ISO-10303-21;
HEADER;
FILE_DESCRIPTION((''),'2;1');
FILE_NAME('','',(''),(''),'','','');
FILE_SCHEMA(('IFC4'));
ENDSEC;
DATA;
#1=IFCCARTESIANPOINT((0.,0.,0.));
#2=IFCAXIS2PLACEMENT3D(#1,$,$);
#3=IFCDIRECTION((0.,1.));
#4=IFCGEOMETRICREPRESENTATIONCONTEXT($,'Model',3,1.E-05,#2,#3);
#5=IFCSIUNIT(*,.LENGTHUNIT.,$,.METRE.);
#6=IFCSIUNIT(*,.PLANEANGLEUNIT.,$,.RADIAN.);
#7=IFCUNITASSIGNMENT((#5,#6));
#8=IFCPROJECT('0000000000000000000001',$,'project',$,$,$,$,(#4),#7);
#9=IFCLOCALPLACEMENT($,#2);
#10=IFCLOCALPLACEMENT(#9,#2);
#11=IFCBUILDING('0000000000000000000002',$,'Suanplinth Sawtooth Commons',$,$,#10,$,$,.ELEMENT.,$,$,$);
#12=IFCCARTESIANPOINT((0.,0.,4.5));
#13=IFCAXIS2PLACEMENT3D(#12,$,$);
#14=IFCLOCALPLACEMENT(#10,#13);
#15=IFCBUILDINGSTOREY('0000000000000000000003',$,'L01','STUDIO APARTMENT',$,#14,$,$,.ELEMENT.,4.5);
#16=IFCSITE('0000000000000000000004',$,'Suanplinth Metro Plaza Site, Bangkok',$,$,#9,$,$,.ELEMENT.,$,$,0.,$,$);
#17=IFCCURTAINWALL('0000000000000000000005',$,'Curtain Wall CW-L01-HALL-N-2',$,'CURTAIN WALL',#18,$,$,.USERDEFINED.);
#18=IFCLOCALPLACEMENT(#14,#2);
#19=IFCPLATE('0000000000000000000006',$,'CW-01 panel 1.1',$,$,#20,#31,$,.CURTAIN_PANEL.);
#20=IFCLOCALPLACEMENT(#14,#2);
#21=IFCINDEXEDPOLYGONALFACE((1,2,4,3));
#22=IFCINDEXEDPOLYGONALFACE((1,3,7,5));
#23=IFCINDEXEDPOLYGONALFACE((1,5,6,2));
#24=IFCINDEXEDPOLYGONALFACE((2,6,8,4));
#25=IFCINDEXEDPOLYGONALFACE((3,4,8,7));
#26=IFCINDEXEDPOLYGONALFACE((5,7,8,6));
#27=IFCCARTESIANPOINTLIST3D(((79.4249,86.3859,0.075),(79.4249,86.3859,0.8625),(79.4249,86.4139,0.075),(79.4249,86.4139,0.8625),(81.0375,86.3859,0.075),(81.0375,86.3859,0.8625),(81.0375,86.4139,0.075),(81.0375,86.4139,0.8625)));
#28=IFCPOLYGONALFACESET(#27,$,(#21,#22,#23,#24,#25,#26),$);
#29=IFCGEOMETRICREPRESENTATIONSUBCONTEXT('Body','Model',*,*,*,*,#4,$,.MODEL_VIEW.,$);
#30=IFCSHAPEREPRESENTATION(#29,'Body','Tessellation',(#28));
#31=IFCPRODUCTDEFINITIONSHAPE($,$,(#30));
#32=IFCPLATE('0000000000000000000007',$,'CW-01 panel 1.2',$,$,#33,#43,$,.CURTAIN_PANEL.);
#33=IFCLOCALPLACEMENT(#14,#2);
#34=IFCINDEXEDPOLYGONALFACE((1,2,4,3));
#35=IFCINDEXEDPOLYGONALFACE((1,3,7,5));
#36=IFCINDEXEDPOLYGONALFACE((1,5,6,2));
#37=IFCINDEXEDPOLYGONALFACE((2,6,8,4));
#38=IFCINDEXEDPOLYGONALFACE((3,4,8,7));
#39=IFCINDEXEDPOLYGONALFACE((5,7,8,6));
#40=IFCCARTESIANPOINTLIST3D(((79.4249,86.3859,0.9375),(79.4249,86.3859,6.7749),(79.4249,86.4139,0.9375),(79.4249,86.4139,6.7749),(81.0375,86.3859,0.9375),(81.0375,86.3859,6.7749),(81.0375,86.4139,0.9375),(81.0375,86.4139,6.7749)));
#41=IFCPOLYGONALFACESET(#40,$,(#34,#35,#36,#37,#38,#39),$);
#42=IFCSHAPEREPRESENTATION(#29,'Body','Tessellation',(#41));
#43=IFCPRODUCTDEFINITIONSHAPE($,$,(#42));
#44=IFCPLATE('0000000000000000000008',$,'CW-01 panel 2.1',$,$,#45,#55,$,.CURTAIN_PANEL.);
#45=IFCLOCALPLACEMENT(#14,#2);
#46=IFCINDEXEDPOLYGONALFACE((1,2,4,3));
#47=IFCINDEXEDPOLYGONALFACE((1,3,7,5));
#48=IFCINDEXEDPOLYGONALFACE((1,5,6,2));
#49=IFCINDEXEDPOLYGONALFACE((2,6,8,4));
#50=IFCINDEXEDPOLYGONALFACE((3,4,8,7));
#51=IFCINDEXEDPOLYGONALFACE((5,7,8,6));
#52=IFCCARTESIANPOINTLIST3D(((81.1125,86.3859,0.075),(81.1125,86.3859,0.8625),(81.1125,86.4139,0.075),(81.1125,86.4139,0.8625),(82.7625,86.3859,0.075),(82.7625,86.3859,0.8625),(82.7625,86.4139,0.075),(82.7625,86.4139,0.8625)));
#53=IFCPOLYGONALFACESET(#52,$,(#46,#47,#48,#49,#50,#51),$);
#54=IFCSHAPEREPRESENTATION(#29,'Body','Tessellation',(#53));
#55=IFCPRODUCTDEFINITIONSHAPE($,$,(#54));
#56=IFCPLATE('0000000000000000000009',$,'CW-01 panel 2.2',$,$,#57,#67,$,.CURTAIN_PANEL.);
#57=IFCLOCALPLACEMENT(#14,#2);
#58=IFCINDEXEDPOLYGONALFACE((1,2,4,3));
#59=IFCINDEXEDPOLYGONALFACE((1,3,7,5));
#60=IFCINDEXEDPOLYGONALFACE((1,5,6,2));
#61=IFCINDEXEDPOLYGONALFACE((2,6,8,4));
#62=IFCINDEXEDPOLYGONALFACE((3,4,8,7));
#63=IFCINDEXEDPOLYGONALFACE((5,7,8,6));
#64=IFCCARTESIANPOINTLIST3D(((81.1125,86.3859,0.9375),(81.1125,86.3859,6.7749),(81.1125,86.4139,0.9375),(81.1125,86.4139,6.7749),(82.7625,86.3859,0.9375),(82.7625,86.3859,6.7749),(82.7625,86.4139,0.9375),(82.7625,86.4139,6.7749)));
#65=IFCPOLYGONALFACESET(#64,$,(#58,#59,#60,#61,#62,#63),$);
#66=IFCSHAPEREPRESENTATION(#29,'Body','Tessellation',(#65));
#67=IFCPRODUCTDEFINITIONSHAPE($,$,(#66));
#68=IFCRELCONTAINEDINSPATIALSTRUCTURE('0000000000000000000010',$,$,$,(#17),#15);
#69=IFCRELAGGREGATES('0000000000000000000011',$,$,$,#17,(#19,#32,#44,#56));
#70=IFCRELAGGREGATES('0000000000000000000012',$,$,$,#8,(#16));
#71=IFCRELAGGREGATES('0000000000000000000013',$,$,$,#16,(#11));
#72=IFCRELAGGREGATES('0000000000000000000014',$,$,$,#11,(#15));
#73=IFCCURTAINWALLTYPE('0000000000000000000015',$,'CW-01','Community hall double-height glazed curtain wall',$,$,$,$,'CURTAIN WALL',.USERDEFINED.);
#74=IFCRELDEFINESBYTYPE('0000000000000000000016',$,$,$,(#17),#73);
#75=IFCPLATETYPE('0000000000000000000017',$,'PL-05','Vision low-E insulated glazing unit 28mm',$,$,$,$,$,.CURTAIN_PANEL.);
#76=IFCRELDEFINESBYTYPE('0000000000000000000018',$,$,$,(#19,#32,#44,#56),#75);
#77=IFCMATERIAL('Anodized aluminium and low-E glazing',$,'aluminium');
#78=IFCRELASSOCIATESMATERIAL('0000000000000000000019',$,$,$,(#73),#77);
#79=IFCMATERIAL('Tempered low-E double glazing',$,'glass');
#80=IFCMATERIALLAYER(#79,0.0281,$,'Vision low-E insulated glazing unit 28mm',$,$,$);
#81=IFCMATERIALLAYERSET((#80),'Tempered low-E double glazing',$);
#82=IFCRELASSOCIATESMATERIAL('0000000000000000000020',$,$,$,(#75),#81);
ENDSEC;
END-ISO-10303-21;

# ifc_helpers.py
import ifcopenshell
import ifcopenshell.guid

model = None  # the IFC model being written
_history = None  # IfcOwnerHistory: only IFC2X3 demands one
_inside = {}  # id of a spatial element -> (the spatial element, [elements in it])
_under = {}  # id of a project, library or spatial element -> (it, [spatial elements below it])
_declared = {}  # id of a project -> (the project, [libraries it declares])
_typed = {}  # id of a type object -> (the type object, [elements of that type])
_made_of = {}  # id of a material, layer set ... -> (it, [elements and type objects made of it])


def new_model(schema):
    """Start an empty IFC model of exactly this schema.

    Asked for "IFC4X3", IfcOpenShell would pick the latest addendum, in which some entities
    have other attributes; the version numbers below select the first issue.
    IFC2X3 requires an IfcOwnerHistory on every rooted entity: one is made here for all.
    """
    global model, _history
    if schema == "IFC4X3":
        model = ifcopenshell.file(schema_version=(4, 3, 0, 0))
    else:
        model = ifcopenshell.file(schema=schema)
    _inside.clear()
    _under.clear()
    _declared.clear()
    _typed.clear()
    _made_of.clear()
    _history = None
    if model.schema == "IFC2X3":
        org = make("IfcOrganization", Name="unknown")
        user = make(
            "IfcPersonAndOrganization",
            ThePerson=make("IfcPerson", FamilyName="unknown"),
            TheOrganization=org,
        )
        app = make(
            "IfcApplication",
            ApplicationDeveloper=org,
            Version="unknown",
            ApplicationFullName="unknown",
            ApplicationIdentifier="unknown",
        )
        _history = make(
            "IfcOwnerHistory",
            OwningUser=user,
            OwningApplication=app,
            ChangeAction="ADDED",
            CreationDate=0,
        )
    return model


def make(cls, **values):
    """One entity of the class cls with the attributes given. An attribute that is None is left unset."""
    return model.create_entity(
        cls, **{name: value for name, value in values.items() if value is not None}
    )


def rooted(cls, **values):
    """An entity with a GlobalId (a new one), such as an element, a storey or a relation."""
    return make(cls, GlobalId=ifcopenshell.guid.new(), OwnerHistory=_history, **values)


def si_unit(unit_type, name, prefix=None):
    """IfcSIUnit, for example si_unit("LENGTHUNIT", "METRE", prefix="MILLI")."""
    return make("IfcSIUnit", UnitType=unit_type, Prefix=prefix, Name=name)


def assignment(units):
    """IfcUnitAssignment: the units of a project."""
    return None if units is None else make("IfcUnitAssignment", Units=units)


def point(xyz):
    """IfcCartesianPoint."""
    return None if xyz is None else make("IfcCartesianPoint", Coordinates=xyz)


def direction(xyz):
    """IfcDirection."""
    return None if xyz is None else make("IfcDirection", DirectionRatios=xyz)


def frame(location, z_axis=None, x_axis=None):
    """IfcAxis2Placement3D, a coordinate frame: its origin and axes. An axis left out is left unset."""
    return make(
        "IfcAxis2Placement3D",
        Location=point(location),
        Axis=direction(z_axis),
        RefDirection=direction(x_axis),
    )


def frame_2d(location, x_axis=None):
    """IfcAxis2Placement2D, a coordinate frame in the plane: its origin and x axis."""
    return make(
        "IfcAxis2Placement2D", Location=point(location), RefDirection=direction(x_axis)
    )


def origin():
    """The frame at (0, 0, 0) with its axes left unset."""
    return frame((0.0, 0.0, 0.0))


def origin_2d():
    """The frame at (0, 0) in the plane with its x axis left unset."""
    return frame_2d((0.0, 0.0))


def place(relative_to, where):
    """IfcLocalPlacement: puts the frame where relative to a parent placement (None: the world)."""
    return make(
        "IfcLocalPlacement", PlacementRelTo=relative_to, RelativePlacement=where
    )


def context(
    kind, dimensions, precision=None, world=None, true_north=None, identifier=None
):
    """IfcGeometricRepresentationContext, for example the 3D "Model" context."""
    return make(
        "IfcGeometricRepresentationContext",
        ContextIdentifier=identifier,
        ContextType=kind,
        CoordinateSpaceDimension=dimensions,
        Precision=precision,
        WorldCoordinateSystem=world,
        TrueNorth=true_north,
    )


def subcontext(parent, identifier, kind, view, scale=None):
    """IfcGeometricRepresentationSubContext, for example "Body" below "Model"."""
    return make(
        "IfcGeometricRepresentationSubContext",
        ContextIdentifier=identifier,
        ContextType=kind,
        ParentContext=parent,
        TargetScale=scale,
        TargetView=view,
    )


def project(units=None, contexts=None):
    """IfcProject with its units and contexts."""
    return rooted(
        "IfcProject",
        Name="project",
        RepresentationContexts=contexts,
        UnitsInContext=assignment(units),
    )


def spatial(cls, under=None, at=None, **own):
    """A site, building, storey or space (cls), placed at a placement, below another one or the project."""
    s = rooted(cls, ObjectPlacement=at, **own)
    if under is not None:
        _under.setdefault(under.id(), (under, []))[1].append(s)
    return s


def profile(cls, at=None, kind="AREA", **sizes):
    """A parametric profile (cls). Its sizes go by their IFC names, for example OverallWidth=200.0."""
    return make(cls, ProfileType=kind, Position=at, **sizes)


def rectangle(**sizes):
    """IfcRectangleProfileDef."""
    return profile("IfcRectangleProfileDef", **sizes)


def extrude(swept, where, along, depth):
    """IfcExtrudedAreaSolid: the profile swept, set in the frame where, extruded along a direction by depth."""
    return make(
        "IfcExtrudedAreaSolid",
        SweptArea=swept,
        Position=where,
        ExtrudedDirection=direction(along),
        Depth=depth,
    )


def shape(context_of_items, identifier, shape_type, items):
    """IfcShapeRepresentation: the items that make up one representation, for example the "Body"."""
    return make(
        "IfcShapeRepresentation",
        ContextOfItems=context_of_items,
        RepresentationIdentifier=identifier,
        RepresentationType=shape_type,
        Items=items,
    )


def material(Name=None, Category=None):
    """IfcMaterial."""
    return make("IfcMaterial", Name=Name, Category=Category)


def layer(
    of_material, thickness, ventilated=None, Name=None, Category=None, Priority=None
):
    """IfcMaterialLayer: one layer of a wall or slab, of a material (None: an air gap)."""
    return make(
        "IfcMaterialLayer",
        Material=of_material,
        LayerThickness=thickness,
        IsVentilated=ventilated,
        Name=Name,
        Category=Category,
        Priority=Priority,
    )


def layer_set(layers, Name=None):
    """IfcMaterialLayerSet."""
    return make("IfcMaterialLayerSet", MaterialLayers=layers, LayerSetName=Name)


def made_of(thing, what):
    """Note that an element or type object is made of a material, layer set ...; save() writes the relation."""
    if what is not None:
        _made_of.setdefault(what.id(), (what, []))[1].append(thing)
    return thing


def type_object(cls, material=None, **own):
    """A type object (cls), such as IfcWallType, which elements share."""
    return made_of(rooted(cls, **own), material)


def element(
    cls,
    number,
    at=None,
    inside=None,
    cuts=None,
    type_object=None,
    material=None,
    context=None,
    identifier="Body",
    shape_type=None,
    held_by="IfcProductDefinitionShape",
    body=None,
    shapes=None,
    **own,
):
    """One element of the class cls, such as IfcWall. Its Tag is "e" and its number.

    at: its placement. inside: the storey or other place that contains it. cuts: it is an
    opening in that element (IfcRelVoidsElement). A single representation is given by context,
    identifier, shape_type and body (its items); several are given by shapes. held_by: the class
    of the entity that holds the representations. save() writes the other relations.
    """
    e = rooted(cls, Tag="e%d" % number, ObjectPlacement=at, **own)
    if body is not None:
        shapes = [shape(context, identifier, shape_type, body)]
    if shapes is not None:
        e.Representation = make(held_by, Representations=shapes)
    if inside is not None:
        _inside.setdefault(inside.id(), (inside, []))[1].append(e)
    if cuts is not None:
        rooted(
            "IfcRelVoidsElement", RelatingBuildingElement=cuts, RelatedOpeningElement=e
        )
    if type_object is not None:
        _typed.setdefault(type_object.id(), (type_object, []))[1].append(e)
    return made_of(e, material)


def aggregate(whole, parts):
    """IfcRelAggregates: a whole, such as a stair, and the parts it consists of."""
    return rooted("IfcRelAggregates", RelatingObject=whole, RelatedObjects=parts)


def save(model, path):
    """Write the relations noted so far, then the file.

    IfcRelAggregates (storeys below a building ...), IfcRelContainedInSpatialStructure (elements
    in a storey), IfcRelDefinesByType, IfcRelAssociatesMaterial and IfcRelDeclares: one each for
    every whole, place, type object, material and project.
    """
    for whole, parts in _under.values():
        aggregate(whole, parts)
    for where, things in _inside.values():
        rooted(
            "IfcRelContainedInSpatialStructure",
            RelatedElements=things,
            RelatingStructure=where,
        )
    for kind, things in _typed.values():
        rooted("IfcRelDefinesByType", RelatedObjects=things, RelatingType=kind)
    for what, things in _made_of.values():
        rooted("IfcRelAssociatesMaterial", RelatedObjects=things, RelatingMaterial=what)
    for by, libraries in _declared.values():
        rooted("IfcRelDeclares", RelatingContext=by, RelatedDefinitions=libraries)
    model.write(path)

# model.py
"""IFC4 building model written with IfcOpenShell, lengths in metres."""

from ifc_helpers import new_model, si_unit, direction, frame, origin, origin_2d, place, context, subcontext, project, spatial, rectangle, extrude, material, layer, layer_set, type_object, element, aggregate, save


model = new_model("IFC4")

# Units and contexts
model_context = context("Model", 3, precision=1e-05, world=origin(), true_north=direction((0.0, 1.0)))
body_context = subcontext(model_context, "Body", "Model", "MODEL_VIEW")
ifc_project = project(units=[si_unit("LENGTHUNIT", "METRE"), si_unit("PLANEANGLEUNIT", "RADIAN")], contexts=[model_context])

# Site, building, storey
site_placement = place(None, origin())
site = spatial("IfcSite", under=ifc_project, at=site_placement, Name="Suanplinth Metro Plaza Site, Bangkok", CompositionType="ELEMENT", RefElevation=0.0)
building_placement = place(site_placement, origin())
building = spatial("IfcBuilding", under=site, at=building_placement, Name="Suanplinth Sawtooth Commons", CompositionType="ELEMENT")
storey_placement = place(building_placement, frame((0.0, 0.0, 4.5)))
storey = spatial("IfcBuildingStorey", under=building, at=storey_placement, Name="L01", Description="STUDIO APARTMENT", CompositionType="ELEMENT", Elevation=4.5)

# Curtain wall
ifc_material_1 = material(Name="Anodized aluminium and low-E glazing", Category="aluminium")
curtain_wall_type = type_object("IfcCurtainWallType", Name="CW-01", Description="Community hall double-height glazed curtain wall", ElementType="CURTAIN WALL", PredefinedType="USERDEFINED", material=ifc_material_1)
curtain_wall_1_placement = place(storey_placement, origin())
curtain_wall_1 = element("IfcCurtainWall", 1, at=curtain_wall_1_placement, inside=storey, type_object=curtain_wall_type, Name="Curtain Wall CW-L01-HALL-N-2", ObjectType="CURTAIN WALL", PredefinedType="USERDEFINED")

# Plates
ifc_material_2 = material(Name="Tempered low-E double glazing", Category="glass")
ifc_layer = layer(ifc_material_2, 0.0281, Name="Vision low-E insulated glazing unit 28mm")
ifc_layer_set = layer_set([ifc_layer], Name="Tempered low-E double glazing")
plate_type = type_object("IfcPlateType", Name="PL-05", Description="Vision low-E insulated glazing unit 28mm", PredefinedType="CURTAIN_PANEL", material=ifc_layer_set)
plate_1_placement = place(storey_placement, frame((80.2312, 86.3999, 0.075), z_axis=(0.0, 0.0, 1.0), x_axis=(1.0, 0.0, 0.0)))
plate_1 = element("IfcPlate", 2, at=plate_1_placement, type_object=plate_type, Name="CW-01 panel 1.1", PredefinedType="CURTAIN_PANEL", context=body_context, shape_type="SweptSolid", body=[
    extrude(rectangle(XDim=1.6125, YDim=0.0281, at=origin_2d()), origin(), (0.0, 0.0, 1.0), 0.7876),
])
plate_2_placement = place(storey_placement, frame((80.2312, 86.3999, 0.9375), z_axis=(0.0, 0.0, 1.0), x_axis=(1.0, 0.0, 0.0)))
plate_2 = element("IfcPlate", 3, at=plate_2_placement, type_object=plate_type, Name="CW-01 panel 1.2", PredefinedType="CURTAIN_PANEL", context=body_context, shape_type="SweptSolid", body=[
    extrude(rectangle(XDim=1.6125, YDim=0.0281, at=origin_2d()), origin(), (0.0, 0.0, 1.0), 5.8374),
])
plate_3_placement = place(storey_placement, frame((81.9375, 86.3999, 0.075), z_axis=(0.0, 0.0, 1.0), x_axis=(1.0, 0.0, 0.0)))
plate_3 = element("IfcPlate", 4, at=plate_3_placement, type_object=plate_type, Name="CW-01 panel 2.1", PredefinedType="CURTAIN_PANEL", context=body_context, shape_type="SweptSolid", body=[
    extrude(rectangle(XDim=1.6499, YDim=0.0281, at=origin_2d()), origin(), (0.0, 0.0, 1.0), 0.7876),
])
plate_4_placement = place(storey_placement, frame((81.9375, 86.3999, 0.9375), z_axis=(0.0, 0.0, 1.0), x_axis=(1.0, 0.0, 0.0)))
plate_4 = element("IfcPlate", 5, at=plate_4_placement, type_object=plate_type, Name="CW-01 panel 2.2", PredefinedType="CURTAIN_PANEL", context=body_context, shape_type="SweptSolid", body=[
    extrude(rectangle(XDim=1.6499, YDim=0.0281, at=origin_2d()), origin(), (0.0, 0.0, 1.0), 5.8374),
])
aggregate(curtain_wall_1, [plate_1, plate_2, plate_3, plate_4])

save(model, "model.ifc")
